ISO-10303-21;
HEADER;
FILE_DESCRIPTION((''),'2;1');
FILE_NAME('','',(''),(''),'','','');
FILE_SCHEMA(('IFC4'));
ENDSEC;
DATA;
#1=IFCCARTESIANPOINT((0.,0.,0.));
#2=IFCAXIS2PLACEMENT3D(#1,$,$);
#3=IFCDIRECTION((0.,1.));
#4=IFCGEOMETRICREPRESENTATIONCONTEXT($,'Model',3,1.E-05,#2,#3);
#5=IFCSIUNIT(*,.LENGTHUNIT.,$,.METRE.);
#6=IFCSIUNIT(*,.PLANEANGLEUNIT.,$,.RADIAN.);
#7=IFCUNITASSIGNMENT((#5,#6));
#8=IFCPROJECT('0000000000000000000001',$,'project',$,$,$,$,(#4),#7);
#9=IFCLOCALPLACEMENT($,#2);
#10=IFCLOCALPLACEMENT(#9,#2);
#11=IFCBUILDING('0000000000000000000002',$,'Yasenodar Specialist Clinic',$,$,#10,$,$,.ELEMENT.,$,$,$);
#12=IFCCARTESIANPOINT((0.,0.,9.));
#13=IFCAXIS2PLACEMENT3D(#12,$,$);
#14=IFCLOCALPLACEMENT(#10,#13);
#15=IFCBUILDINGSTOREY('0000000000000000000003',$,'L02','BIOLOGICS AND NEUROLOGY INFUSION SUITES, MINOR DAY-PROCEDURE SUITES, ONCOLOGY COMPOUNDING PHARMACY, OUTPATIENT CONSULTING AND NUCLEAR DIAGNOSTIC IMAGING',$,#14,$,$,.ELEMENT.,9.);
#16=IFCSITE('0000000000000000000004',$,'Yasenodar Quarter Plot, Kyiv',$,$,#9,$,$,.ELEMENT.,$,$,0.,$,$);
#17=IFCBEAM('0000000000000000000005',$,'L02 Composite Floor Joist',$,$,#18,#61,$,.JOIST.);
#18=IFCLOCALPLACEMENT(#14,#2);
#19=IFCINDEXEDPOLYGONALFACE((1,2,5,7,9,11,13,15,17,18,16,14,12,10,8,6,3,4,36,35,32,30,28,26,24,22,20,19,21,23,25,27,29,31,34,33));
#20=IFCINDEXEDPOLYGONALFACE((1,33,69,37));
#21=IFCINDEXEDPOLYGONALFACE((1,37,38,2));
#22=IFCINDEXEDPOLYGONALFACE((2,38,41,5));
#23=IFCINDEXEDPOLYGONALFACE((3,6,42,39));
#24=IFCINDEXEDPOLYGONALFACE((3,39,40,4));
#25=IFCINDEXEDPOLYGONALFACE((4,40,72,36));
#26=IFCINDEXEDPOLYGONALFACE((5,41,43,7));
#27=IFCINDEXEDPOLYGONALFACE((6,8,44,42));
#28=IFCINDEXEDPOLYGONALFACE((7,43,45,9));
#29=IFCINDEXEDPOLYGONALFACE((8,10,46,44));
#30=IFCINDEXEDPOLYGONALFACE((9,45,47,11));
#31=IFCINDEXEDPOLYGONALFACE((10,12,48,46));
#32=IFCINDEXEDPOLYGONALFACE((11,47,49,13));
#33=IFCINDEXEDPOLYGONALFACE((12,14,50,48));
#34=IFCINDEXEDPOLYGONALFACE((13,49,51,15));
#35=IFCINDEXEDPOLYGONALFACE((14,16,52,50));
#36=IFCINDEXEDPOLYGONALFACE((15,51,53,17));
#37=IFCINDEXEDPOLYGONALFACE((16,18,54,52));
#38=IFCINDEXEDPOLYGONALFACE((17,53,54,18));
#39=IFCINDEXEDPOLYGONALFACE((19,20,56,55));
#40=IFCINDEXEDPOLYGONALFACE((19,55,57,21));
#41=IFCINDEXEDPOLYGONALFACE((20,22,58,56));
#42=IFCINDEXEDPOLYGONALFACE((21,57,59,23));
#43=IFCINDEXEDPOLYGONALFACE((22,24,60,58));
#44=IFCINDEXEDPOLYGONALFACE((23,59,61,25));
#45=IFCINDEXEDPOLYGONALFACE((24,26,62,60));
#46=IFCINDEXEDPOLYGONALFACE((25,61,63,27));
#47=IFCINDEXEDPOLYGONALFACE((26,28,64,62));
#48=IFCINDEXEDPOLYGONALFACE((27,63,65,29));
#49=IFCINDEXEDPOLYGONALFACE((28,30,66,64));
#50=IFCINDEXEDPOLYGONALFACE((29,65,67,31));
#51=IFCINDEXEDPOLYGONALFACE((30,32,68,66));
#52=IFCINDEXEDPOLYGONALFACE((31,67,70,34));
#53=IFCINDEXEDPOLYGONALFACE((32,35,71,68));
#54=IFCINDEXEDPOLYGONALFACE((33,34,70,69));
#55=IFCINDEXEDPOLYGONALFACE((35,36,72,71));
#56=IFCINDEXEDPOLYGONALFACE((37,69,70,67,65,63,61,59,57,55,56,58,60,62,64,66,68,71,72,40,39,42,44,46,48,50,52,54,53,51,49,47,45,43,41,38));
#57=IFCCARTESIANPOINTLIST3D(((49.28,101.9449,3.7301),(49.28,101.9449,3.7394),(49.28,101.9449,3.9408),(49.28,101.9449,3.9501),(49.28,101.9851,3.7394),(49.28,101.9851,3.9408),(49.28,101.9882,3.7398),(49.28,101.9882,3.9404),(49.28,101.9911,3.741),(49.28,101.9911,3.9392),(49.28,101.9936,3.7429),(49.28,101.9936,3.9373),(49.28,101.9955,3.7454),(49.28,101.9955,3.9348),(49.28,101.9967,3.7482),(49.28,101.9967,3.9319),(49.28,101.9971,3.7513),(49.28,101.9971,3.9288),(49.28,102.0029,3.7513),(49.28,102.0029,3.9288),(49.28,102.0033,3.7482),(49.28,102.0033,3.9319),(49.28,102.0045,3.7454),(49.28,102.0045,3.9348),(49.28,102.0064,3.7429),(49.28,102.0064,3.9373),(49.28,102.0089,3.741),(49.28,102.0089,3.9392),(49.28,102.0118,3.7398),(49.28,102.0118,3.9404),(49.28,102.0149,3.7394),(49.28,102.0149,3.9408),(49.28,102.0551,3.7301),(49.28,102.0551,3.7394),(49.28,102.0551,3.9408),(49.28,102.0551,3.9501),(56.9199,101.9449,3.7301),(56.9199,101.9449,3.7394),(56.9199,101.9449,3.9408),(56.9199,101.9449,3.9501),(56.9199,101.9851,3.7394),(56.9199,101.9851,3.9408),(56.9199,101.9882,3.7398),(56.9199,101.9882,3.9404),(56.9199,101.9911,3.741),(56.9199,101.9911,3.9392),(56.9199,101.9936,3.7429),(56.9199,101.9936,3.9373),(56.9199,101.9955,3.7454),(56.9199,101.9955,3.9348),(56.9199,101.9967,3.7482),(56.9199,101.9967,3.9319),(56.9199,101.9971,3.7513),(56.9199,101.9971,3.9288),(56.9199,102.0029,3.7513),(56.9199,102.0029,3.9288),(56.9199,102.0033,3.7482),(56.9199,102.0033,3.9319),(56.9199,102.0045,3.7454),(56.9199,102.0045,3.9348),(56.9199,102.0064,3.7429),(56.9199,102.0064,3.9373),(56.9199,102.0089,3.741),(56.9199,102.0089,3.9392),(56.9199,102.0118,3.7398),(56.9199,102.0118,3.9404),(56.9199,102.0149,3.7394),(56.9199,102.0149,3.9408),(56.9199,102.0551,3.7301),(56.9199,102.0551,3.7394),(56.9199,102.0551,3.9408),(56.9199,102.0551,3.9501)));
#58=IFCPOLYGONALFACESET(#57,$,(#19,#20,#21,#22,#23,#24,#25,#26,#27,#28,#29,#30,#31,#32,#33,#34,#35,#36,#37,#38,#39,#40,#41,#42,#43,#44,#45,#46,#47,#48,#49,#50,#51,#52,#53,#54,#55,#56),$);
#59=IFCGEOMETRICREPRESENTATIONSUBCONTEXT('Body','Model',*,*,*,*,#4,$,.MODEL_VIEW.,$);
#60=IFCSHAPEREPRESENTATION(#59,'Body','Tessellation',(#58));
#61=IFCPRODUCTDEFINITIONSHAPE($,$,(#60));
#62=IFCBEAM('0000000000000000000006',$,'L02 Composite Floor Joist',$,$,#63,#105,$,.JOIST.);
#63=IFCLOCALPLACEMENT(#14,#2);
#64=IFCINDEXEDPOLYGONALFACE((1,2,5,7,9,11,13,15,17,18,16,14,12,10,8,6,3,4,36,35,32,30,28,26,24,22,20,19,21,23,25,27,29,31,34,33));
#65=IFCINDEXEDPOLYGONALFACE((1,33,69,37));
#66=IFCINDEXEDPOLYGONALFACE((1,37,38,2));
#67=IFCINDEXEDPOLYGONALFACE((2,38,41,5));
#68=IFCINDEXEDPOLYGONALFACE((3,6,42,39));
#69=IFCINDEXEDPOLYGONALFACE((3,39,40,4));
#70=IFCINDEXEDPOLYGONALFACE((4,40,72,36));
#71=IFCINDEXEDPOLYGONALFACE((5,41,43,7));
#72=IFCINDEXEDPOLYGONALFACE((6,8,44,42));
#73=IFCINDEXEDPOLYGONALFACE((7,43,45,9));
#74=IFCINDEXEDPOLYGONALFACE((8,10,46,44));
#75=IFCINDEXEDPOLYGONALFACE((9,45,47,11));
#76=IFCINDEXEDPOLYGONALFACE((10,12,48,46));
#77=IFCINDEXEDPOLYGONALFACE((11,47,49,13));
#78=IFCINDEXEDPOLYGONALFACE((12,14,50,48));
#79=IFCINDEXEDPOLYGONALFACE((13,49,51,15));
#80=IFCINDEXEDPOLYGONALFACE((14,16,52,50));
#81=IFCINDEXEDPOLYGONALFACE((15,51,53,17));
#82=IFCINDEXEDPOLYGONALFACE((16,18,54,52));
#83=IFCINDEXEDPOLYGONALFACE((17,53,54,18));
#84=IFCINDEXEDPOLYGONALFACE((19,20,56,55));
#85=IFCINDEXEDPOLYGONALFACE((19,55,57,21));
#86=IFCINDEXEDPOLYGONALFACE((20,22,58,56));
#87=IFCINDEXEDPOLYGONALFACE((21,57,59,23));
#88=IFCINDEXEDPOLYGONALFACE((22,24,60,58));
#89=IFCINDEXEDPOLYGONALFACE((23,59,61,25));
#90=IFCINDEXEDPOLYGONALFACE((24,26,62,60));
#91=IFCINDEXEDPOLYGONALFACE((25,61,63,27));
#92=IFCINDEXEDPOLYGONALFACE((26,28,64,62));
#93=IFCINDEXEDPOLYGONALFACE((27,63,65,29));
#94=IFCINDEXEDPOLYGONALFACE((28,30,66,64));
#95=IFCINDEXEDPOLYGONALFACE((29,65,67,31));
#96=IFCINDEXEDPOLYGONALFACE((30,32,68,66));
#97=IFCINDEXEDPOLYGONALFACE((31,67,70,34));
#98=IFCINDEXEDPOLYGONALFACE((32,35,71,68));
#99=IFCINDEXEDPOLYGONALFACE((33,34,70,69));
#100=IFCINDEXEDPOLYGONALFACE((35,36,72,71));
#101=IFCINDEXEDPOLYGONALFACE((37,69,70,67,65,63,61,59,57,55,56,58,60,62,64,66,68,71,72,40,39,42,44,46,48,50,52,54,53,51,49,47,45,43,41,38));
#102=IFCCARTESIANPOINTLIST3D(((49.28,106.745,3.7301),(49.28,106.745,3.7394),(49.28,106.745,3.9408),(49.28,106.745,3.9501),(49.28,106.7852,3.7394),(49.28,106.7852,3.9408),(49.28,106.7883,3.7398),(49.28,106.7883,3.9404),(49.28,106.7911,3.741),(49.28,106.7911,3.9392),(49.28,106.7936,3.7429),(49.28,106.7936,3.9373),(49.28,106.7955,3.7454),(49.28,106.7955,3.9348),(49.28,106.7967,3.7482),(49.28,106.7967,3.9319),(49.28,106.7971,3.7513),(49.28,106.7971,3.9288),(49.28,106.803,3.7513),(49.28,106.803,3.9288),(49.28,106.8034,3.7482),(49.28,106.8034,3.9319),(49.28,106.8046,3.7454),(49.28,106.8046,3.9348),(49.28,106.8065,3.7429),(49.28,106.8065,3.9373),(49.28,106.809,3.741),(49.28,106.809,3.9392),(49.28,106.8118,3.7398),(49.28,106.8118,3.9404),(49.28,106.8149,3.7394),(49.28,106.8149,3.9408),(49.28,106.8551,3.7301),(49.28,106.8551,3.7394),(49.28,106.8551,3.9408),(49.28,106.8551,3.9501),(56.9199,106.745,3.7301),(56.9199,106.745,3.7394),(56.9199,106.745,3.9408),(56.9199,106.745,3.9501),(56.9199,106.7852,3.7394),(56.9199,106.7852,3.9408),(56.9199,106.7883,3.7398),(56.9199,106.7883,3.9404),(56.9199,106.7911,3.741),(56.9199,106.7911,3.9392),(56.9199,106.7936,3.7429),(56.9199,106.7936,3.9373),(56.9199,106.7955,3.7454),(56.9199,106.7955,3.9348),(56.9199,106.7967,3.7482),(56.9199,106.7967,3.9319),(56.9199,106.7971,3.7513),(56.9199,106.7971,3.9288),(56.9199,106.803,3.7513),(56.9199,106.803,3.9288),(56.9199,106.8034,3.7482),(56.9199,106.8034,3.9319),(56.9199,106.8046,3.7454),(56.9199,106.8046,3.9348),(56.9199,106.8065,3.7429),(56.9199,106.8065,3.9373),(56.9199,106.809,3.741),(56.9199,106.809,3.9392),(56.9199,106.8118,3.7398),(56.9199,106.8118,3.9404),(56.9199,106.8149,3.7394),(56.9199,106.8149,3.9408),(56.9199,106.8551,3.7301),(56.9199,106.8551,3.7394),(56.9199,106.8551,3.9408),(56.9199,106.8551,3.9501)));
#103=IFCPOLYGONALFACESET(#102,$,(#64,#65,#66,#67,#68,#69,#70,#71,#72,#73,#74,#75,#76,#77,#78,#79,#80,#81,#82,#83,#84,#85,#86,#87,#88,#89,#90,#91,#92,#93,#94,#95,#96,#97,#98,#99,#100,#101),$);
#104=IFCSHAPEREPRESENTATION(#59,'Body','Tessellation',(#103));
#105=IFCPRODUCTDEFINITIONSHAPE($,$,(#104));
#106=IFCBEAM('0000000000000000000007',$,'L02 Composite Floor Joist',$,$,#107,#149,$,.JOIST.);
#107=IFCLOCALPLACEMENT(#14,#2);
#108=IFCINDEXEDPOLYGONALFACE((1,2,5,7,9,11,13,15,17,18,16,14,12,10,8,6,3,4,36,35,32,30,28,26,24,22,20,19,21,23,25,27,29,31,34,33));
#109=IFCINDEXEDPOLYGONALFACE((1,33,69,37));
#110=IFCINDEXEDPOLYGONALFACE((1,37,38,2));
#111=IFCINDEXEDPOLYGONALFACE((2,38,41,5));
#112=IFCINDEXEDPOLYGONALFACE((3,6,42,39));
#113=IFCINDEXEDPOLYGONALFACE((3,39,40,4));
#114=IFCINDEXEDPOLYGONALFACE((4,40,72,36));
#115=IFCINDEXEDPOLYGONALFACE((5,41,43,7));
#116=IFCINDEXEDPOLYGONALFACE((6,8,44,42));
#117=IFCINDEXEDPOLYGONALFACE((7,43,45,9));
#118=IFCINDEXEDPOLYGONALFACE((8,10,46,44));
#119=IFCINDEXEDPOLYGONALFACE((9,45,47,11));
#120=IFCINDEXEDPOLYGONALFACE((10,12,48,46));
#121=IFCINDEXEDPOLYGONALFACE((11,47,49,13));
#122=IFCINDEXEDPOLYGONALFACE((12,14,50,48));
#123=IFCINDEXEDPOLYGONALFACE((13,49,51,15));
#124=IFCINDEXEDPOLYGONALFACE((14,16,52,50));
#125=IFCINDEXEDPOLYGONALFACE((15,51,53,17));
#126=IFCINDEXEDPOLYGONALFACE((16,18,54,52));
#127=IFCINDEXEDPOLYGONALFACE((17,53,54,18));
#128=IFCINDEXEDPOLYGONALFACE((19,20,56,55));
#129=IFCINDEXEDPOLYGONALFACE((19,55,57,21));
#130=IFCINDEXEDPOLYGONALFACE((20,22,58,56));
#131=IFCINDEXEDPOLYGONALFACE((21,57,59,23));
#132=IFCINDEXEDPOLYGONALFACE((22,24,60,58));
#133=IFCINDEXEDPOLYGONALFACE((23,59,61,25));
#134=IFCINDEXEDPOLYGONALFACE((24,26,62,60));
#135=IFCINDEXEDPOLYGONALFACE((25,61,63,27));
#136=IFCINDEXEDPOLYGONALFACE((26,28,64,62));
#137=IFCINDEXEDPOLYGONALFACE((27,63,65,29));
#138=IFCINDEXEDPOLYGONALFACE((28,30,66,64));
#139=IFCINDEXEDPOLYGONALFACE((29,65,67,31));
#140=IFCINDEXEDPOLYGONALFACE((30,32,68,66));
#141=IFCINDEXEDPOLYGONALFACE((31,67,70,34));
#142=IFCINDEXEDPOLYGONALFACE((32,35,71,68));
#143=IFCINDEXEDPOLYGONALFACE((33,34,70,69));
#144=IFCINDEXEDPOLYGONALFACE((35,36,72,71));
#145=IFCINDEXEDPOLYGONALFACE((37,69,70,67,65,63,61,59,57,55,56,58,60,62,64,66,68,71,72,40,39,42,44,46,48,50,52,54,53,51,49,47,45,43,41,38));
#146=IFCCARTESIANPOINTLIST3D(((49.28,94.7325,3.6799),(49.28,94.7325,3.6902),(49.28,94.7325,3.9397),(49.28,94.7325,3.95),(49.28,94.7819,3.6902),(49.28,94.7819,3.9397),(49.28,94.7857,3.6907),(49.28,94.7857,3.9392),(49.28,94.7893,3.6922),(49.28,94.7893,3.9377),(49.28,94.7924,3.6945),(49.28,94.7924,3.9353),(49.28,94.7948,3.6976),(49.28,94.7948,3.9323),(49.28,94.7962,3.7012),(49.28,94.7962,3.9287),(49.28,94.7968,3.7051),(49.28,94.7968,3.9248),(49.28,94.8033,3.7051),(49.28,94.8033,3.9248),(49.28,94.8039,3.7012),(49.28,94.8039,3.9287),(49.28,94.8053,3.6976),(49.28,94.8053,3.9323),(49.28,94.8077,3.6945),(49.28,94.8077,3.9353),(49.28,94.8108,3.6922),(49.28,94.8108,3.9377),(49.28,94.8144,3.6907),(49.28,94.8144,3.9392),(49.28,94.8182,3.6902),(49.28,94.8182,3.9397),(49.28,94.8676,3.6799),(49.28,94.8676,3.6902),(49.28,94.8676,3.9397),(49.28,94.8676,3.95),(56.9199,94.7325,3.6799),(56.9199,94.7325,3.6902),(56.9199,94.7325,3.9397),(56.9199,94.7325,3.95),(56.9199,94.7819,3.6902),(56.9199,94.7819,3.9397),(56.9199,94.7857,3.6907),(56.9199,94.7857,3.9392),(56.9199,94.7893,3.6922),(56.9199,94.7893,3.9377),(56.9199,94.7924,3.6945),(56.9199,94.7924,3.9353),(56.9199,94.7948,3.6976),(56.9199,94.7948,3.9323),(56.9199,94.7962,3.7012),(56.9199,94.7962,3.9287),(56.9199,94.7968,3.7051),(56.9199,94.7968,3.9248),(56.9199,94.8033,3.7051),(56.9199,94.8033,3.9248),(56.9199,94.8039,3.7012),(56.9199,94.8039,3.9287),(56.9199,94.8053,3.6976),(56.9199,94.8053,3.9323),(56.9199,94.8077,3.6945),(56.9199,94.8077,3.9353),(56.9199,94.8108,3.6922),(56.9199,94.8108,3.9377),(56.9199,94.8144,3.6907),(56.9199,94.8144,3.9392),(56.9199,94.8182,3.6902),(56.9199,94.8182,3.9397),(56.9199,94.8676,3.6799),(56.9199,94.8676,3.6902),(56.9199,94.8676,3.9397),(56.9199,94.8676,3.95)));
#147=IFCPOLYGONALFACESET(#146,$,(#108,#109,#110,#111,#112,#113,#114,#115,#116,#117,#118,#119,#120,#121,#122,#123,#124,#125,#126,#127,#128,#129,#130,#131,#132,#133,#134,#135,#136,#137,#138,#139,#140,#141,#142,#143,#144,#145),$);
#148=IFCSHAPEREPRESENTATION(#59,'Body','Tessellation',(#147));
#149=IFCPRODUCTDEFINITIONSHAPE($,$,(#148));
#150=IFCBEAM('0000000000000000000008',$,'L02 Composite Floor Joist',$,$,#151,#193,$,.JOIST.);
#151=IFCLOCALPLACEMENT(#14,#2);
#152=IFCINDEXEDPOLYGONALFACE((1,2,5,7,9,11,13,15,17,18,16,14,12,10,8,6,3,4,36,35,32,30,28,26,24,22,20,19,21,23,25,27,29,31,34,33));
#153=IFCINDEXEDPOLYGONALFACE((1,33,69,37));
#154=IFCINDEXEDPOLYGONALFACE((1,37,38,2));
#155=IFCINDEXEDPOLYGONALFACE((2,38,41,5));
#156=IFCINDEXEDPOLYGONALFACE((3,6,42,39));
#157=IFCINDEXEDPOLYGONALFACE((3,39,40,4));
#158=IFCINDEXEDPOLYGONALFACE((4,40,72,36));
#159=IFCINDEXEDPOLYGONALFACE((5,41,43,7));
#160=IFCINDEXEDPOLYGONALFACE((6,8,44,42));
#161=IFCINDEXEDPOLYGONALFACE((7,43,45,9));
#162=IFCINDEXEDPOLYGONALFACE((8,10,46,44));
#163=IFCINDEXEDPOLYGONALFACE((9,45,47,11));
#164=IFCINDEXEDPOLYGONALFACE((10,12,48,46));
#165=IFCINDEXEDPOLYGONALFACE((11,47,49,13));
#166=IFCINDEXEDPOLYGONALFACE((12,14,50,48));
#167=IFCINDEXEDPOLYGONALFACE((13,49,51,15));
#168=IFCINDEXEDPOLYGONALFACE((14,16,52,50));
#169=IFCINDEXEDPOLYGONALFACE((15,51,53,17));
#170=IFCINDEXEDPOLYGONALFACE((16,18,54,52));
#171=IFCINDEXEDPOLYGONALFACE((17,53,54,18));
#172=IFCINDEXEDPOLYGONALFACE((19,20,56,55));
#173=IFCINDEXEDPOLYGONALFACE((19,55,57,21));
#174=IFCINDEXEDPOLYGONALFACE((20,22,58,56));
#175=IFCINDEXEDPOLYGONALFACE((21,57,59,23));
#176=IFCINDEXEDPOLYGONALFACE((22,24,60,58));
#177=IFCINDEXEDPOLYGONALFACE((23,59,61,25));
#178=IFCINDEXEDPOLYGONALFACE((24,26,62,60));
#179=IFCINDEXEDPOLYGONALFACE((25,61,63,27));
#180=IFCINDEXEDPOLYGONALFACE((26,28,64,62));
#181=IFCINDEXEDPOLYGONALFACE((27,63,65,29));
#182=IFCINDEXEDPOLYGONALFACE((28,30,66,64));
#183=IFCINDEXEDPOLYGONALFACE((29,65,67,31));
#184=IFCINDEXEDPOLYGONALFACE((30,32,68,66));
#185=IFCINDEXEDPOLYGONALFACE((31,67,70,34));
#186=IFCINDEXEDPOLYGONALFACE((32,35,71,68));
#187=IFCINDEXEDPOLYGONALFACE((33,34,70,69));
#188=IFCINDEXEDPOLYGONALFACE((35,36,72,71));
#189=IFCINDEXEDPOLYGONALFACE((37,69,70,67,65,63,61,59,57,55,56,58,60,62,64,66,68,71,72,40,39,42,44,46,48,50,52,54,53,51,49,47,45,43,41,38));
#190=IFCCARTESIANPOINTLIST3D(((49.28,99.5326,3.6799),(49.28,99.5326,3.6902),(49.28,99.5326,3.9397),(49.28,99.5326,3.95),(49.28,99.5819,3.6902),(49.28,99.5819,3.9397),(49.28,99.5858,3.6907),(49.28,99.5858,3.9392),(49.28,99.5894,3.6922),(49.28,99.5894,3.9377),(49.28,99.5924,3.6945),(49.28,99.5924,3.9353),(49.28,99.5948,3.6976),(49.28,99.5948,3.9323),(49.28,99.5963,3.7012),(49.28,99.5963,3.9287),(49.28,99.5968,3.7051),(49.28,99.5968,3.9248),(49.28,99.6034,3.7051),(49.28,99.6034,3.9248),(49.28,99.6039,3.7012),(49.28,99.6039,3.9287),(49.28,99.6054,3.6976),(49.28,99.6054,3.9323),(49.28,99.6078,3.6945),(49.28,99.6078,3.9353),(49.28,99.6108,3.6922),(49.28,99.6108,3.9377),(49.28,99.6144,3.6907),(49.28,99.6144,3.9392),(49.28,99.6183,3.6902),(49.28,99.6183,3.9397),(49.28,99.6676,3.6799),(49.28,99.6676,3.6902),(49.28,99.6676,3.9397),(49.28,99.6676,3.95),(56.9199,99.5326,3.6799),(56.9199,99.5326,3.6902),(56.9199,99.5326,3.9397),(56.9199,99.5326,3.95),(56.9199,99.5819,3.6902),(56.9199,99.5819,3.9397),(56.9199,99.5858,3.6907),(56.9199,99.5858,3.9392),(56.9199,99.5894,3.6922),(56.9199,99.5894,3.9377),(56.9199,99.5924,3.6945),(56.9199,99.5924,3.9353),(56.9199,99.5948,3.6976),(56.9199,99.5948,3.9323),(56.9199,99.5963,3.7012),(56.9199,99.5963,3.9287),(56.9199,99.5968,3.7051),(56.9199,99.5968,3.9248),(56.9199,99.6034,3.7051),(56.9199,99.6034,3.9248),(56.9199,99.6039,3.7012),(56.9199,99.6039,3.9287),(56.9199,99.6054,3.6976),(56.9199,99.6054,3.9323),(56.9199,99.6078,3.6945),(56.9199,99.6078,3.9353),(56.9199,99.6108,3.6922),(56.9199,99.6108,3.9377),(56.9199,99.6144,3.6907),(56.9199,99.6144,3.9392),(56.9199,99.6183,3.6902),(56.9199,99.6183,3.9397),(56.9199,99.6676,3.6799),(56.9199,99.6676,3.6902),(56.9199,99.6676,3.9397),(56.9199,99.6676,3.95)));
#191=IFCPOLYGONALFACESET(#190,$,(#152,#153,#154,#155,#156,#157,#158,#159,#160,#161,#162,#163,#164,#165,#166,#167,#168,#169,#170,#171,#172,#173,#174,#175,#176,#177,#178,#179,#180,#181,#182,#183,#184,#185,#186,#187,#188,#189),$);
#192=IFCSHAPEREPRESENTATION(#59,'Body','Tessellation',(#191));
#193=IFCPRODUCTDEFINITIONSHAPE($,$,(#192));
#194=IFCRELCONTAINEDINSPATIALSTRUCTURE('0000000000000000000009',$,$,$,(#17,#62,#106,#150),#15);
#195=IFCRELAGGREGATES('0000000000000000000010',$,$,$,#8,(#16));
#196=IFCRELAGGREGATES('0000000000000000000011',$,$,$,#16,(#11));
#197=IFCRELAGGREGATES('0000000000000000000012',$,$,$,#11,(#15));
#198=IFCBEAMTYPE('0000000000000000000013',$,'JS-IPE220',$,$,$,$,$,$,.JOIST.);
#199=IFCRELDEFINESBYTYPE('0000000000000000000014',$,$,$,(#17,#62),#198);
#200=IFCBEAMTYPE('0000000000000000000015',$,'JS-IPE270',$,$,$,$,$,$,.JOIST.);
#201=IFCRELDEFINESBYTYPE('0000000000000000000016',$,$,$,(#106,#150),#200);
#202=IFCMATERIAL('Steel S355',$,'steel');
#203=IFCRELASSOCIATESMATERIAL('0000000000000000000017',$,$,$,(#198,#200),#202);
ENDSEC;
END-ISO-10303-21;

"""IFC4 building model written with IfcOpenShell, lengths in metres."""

from ifc_helpers import new_model, si_unit, direction, frame, origin, origin_2d, place, context, subcontext, project, spatial, i_section, extrude, material, material_profile, profile_set, type_object, element, save


model = new_model("IFC4")

# Units and contexts
model_context = context("Model", 3, precision=1e-05, world=origin(), true_north=direction((0.0, 1.0)))
body_context = subcontext(model_context, "Body", "Model", "MODEL_VIEW")
ifc_project = project(units=[si_unit("LENGTHUNIT", "METRE"), si_unit("PLANEANGLEUNIT", "RADIAN")], contexts=[model_context])

# Site, building, storey
site_placement = place(None, origin())
site = spatial("IfcSite", under=ifc_project, at=site_placement, Name="Yasenodar Quarter Plot, Kyiv", CompositionType="ELEMENT", RefElevation=0.0)
building_placement = place(site_placement, origin())
building = spatial("IfcBuilding", under=site, at=building_placement, Name="Yasenodar Specialist Clinic", CompositionType="ELEMENT")
storey_placement = place(building_placement, frame((0.0, 0.0, 9.0)))
storey = spatial("IfcBuildingStorey", under=building, at=storey_placement, Name="L02", Description="BIOLOGICS AND NEUROLOGY INFUSION SUITES, MINOR DAY-PROCEDURE SUITES, ONCOLOGY COMPOUNDING PHARMACY, OUTPATIENT CONSULTING AND NUCLEAR DIAGNOSTIC IMAGING", CompositionType="ELEMENT", Elevation=9.0)

# Shared definitions
ifc_material_1 = material(Name="Steel S355", Category="steel")

# Beams
ifc_material_profile_1 = material_profile(ifc_material_1, i_section(OverallWidth=0.1101, OverallDepth=0.22, WebThickness=0.0059, FlangeThickness=0.0093, FilletRadius=0.012, at=origin_2d()), Name="IPE 220")
ifc_profile_set_1 = profile_set([ifc_material_profile_1], Name="Steel S355")
beam_type_1 = type_object("IfcBeamType", Name="JS-IPE220", PredefinedType="JOIST", material=ifc_profile_set_1)
for number, where, z_axis, x_axis, name in (
    (1, (49.28, 102.0, 3.8401), (1.0, 0.0, 0.0), (0.0, 1.0, 0.0), "L02 Composite Floor Joist"),
    (2, (49.28, 106.8, 3.8401), (1.0, 0.0, 0.0), (0.0, 1.0, 0.0), "L02 Composite Floor Joist"),
):
    element("IfcBeam", number, at=place(storey_placement, frame(where, z_axis=z_axis, x_axis=x_axis)), inside=storey, type_object=beam_type_1, Name=name, PredefinedType="JOIST", context=body_context, shape_type="SweptSolid", body=[
        extrude(i_section(OverallWidth=0.1101, OverallDepth=0.22, WebThickness=0.0059, FlangeThickness=0.0093, FilletRadius=0.012, at=origin_2d()), origin(), (0.0, 0.0, 1.0), 7.6399),
    ])
ifc_material_profile_2 = material_profile(ifc_material_1, i_section(OverallWidth=0.135, OverallDepth=0.27, WebThickness=0.0066, FlangeThickness=0.0103, FilletRadius=0.0149, at=origin_2d()), Name="IPE 270")
ifc_profile_set_2 = profile_set([ifc_material_profile_2], Name="Steel S355")
beam_type_2 = type_object("IfcBeamType", Name="JS-IPE270", PredefinedType="JOIST", material=ifc_profile_set_2)
for number, where, z_axis, x_axis, name in (
    (3, (49.28, 94.8, 3.8149), (1.0, 0.0, 0.0), (0.0, 1.0, 0.0), "L02 Composite Floor Joist"),
    (4, (49.28, 99.6001, 3.8149), (1.0, 0.0, 0.0), (0.0, 1.0, 0.0), "L02 Composite Floor Joist"),
):
    element("IfcBeam", number, at=place(storey_placement, frame(where, z_axis=z_axis, x_axis=x_axis)), inside=storey, type_object=beam_type_2, Name=name, PredefinedType="JOIST", context=body_context, shape_type="SweptSolid", body=[
        extrude(i_section(OverallWidth=0.135, OverallDepth=0.27, WebThickness=0.0066, FlangeThickness=0.0103, FilletRadius=0.0149, at=origin_2d()), origin(), (0.0, 0.0, 1.0), 7.6399),
    ])

save(model, "model.ifc")
